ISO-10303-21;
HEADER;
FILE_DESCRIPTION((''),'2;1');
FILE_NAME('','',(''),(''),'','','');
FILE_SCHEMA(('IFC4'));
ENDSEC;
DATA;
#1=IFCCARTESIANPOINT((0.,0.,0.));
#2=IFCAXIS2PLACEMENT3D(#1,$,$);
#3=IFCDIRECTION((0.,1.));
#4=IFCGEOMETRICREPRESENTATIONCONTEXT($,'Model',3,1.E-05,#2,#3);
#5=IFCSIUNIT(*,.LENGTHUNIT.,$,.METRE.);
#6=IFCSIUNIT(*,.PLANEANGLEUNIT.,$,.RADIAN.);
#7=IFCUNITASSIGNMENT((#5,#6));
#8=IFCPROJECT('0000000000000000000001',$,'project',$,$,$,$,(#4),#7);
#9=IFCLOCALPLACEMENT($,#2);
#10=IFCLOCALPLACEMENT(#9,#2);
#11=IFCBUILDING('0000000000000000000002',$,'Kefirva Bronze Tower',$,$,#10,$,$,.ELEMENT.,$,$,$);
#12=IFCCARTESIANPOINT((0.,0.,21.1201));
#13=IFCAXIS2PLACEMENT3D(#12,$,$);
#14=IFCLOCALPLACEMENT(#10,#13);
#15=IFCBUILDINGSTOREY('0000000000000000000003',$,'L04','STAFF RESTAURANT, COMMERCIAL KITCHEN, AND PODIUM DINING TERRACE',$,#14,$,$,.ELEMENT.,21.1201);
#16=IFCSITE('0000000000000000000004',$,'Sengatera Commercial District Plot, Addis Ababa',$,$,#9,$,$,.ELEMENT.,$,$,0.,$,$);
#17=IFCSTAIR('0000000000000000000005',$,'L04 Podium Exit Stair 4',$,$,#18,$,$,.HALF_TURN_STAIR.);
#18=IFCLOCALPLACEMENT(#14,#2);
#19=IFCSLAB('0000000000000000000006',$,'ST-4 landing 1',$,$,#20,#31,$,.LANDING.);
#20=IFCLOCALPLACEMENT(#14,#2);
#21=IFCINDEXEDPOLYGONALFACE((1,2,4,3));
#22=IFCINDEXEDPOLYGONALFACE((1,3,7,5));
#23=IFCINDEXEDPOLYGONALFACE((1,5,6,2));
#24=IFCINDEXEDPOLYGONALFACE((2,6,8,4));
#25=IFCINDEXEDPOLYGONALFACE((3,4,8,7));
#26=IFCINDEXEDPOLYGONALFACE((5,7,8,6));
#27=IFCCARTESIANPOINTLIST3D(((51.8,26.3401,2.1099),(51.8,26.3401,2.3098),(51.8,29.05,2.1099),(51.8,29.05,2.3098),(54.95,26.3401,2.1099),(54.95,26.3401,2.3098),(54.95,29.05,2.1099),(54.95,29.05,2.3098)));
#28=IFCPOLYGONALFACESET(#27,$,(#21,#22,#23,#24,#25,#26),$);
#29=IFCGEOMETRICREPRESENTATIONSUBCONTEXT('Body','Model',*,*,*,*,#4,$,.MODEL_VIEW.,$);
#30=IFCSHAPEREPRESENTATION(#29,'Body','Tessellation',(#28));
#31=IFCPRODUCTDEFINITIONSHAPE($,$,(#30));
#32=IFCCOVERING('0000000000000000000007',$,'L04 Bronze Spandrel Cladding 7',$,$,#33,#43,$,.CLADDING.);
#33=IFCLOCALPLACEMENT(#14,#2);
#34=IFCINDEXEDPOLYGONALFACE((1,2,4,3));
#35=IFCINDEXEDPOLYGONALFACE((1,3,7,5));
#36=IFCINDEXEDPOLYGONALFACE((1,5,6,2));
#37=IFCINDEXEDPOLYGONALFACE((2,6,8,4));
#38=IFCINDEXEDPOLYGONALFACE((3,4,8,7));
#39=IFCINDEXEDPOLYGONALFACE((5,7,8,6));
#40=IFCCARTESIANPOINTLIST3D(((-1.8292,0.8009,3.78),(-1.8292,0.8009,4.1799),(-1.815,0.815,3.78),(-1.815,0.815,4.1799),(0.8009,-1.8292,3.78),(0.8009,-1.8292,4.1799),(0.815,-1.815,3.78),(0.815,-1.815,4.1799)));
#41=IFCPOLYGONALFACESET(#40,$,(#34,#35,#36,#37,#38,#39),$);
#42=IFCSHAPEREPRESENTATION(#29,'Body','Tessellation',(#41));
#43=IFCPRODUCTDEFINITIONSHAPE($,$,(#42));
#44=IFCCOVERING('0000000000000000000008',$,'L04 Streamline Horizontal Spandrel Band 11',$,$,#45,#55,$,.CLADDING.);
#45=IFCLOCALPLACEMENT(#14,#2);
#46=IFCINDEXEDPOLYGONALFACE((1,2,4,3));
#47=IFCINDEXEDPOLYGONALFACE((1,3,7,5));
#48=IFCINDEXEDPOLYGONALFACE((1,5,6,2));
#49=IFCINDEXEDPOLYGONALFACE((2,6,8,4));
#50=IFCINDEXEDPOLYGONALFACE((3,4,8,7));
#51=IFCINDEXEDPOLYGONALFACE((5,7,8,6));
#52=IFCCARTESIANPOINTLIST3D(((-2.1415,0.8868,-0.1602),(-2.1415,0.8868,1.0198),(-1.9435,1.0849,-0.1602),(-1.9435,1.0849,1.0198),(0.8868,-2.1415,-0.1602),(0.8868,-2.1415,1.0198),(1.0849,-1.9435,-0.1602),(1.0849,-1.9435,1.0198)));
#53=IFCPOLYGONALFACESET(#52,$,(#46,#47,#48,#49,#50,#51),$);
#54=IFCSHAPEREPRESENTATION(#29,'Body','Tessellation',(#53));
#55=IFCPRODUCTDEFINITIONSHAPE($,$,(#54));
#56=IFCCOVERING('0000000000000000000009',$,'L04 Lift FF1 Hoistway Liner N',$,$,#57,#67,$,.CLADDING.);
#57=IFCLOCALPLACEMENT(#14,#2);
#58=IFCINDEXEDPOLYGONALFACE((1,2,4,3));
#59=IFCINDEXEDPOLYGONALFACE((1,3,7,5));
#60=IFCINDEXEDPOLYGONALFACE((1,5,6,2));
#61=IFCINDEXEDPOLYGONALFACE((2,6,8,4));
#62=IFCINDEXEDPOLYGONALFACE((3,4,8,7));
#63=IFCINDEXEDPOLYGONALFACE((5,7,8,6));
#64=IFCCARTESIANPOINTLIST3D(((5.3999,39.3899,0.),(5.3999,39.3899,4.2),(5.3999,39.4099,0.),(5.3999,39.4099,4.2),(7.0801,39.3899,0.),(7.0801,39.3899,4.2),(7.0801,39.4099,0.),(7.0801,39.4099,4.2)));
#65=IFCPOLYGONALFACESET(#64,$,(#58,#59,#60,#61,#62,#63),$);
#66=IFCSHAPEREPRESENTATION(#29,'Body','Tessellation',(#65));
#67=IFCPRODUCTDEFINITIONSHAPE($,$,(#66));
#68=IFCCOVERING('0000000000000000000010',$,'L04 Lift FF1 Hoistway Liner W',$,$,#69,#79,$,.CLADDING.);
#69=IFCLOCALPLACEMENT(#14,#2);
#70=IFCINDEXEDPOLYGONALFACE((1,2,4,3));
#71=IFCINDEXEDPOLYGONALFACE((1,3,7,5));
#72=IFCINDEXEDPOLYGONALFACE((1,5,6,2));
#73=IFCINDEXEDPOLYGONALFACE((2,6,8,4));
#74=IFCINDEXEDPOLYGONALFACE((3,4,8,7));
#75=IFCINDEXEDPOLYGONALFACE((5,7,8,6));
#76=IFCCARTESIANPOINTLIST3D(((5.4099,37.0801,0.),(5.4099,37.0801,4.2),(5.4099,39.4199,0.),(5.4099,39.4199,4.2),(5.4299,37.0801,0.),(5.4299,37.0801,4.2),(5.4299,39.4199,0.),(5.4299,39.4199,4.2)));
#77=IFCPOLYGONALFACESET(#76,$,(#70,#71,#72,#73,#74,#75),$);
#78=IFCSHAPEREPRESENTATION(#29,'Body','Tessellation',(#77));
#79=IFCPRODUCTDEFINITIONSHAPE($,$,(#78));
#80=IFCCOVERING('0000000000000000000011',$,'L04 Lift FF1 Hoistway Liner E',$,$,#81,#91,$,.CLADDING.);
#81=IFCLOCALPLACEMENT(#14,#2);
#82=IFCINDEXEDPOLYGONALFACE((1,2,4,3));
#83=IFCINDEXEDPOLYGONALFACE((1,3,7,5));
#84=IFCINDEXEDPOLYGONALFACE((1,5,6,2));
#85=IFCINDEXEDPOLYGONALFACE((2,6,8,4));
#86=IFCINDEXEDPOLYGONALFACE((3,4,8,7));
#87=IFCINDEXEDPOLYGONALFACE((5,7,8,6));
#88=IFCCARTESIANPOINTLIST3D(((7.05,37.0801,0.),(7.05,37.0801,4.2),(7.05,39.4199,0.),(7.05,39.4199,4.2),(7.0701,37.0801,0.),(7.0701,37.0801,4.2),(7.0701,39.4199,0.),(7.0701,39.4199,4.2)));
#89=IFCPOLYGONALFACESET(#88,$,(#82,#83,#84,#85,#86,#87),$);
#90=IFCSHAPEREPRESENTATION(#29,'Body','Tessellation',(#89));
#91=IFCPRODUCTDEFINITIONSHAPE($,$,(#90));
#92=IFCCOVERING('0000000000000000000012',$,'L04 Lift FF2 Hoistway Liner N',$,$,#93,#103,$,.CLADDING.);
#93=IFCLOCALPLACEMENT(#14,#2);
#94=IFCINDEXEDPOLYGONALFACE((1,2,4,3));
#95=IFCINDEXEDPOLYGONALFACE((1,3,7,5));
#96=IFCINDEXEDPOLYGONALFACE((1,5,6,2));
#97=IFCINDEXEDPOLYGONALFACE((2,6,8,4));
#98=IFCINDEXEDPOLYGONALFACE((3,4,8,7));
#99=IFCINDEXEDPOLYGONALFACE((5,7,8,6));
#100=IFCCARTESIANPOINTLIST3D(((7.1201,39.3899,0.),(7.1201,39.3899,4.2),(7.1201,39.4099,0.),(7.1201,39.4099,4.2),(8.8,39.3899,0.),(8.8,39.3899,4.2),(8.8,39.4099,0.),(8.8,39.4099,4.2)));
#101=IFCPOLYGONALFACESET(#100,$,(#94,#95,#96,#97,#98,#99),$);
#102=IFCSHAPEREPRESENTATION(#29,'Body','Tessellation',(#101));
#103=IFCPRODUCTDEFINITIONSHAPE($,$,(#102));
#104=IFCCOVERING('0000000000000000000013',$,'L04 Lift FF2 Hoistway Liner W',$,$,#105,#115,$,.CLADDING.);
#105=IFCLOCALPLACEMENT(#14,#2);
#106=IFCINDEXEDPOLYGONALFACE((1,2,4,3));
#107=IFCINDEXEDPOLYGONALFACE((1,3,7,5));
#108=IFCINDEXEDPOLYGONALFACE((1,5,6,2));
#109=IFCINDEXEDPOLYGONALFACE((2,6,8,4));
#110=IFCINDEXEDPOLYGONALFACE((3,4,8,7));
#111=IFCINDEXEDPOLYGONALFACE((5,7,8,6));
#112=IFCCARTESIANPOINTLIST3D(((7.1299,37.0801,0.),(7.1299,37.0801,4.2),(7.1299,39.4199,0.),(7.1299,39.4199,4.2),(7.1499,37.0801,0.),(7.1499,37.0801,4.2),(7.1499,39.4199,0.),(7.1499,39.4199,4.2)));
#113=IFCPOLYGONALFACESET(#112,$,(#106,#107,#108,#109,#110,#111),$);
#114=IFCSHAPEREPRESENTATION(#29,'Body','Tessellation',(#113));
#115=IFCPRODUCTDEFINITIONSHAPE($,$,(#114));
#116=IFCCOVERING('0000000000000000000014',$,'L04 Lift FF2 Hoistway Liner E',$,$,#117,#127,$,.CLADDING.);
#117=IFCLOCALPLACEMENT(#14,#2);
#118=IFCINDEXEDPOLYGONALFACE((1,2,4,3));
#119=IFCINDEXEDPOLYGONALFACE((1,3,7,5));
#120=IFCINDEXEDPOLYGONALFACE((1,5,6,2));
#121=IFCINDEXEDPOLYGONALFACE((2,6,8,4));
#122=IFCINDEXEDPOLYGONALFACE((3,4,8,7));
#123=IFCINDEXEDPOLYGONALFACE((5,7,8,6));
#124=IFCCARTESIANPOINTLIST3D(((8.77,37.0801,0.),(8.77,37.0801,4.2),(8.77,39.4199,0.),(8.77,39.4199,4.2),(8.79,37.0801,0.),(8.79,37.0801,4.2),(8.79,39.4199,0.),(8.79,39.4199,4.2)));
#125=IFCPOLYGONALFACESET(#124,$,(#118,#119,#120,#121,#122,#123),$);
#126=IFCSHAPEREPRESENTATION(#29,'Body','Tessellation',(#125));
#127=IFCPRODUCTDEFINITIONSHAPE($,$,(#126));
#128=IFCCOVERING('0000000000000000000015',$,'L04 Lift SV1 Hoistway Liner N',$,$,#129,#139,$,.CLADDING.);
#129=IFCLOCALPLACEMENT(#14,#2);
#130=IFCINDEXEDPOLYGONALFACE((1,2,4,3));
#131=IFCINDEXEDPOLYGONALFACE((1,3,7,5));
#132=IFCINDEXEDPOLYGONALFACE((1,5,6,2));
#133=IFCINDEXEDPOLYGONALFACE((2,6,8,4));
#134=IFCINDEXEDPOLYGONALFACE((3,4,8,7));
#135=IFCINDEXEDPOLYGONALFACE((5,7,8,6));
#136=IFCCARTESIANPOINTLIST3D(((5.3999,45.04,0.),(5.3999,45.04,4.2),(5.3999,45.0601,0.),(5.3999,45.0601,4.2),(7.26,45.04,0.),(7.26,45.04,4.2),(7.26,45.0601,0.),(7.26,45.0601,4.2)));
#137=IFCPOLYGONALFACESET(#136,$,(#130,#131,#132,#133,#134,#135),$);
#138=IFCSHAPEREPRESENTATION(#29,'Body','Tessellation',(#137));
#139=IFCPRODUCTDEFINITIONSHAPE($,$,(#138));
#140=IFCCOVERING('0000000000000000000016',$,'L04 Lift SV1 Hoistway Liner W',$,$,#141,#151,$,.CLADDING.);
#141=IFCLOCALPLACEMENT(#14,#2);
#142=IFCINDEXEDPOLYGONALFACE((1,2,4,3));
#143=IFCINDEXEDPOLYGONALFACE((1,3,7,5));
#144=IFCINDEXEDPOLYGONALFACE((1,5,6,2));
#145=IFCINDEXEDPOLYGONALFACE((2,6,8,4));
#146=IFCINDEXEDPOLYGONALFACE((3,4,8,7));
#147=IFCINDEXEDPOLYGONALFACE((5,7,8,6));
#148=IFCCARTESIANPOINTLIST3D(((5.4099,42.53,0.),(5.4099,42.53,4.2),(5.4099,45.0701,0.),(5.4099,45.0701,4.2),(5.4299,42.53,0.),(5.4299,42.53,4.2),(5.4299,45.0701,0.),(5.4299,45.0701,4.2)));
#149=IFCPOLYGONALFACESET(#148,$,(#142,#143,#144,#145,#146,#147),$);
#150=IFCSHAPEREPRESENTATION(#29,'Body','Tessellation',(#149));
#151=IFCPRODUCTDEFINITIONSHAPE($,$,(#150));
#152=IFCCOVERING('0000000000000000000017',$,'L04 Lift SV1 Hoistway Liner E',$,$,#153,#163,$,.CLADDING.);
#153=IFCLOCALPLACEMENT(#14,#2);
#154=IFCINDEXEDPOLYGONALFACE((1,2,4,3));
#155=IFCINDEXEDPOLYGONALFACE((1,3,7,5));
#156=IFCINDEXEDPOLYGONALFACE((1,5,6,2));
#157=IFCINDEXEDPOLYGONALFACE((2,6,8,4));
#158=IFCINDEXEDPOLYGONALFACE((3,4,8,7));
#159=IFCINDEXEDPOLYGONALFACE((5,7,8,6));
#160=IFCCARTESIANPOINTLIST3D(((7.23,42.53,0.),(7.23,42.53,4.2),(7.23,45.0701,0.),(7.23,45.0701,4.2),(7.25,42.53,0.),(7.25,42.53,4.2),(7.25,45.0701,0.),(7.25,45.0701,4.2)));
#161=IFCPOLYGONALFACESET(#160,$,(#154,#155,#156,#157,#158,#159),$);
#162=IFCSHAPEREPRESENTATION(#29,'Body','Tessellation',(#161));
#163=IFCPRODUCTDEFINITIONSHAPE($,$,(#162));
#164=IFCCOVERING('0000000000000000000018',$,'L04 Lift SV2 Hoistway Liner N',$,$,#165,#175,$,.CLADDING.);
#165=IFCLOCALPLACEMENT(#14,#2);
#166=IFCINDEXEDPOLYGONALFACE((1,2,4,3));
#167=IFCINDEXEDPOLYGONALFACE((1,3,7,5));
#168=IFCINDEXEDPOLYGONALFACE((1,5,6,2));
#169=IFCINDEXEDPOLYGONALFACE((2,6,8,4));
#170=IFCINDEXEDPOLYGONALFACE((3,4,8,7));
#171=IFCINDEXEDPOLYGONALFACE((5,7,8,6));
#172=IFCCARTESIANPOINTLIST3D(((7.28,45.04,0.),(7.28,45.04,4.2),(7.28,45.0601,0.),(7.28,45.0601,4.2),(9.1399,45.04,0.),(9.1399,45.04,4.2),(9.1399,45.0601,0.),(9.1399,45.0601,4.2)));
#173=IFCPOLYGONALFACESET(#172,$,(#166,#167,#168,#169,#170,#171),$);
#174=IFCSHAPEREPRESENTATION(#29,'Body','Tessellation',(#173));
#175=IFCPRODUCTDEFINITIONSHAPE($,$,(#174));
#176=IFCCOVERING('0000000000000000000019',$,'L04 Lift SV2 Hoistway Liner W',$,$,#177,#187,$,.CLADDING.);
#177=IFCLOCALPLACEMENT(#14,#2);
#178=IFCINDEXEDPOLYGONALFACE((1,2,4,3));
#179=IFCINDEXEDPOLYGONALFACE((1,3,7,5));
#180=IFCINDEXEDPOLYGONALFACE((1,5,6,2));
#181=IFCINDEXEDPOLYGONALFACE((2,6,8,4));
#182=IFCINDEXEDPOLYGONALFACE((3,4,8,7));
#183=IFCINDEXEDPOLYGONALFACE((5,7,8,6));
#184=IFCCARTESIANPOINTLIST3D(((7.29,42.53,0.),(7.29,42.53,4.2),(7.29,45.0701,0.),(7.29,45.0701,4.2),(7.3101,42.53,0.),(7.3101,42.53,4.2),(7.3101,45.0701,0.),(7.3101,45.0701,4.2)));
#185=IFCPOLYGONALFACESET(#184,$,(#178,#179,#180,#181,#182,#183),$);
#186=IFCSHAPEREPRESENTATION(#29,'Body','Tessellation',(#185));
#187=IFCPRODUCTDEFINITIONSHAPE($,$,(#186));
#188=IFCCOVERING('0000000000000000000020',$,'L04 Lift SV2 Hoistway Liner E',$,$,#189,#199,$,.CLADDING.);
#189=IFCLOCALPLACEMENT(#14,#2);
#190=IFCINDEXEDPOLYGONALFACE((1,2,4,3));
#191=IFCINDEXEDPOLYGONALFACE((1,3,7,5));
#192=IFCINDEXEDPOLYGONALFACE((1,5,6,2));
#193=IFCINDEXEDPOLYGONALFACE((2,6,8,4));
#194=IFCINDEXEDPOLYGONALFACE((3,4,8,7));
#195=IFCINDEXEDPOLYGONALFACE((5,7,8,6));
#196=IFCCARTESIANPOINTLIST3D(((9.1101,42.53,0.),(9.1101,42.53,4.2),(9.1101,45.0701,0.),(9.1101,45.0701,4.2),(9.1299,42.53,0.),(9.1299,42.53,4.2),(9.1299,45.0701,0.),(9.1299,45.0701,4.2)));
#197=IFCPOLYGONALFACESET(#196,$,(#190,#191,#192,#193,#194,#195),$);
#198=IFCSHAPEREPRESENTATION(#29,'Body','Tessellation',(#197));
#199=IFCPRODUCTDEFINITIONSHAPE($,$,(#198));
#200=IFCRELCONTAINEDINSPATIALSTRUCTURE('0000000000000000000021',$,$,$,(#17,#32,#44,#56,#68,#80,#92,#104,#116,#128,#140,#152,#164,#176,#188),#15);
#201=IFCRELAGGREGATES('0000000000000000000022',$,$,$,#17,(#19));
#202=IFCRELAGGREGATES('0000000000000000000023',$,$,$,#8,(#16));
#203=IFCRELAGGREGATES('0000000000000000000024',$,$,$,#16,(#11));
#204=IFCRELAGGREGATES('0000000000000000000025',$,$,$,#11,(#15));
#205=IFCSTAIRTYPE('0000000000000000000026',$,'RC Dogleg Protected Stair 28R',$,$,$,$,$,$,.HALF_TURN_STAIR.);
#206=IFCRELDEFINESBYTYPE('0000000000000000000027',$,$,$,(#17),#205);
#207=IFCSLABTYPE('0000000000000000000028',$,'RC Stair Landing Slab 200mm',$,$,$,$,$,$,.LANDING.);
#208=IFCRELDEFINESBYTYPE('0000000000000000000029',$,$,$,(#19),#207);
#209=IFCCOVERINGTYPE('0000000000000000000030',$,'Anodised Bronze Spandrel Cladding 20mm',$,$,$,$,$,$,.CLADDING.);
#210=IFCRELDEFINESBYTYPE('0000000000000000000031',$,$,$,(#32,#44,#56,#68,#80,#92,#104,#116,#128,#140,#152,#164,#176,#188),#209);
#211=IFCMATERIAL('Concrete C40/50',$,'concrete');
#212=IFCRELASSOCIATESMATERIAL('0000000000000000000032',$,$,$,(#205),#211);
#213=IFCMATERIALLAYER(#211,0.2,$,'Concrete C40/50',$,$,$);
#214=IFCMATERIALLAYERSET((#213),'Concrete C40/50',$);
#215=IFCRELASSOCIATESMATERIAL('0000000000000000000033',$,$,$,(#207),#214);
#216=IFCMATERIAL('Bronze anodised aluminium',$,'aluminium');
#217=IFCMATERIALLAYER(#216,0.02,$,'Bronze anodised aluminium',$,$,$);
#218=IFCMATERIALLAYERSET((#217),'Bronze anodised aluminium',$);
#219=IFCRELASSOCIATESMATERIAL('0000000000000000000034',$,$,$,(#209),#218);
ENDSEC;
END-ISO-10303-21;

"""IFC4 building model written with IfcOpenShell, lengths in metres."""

from ifc_helpers import new_model, si_unit, direction, frame, origin, origin_2d, place, context, subcontext, project, spatial, polyline, rectangle, outline, extrude, material, layer, layer_set, type_object, element, aggregate, save


model = new_model("IFC4")

# Units and contexts
model_context = context("Model", 3, precision=1e-05, world=origin(), true_north=direction((0.0, 1.0)))
body_context = subcontext(model_context, "Body", "Model", "MODEL_VIEW")
ifc_project = project(units=[si_unit("LENGTHUNIT", "METRE"), si_unit("PLANEANGLEUNIT", "RADIAN")], contexts=[model_context])

# Site, building, storey
site_placement = place(None, origin())
site = spatial("IfcSite", under=ifc_project, at=site_placement, Name="Sengatera Commercial District Plot, Addis Ababa", CompositionType="ELEMENT", RefElevation=0.0)
building_placement = place(site_placement, origin())
building = spatial("IfcBuilding", under=site, at=building_placement, Name="Kefirva Bronze Tower", CompositionType="ELEMENT")
storey_placement = place(building_placement, frame((0.0, 0.0, 21.1201)))
storey = spatial("IfcBuildingStorey", under=building, at=storey_placement, Name="L04", Description="STAFF RESTAURANT, COMMERCIAL KITCHEN, AND PODIUM DINING TERRACE", CompositionType="ELEMENT", Elevation=21.1201)

# Shared definitions
ifc_material_1 = material(Name="Concrete C40/50", Category="concrete")

# Stair, slab
stair_type = type_object("IfcStairType", Name="RC Dogleg Protected Stair 28R", PredefinedType="HALF_TURN_STAIR", material=ifc_material_1)
ifc_layer_1 = layer(ifc_material_1, 0.2, Name="Concrete C40/50")
ifc_layer_set_1 = layer_set([ifc_layer_1], Name="Concrete C40/50")
slab_type_1 = type_object("IfcSlabType", Name="RC Stair Landing Slab 200mm", PredefinedType="LANDING", material=ifc_layer_set_1)
stair_1_placement = place(storey_placement, origin())
stair_1 = element("IfcStair", 1, at=stair_1_placement, inside=storey, type_object=stair_type, Name="L04 Podium Exit Stair 4", PredefinedType="HALF_TURN_STAIR")
slab_1_placement = place(storey_placement, frame((0.0, 0.0, 2.1099)))
slab_1 = element("IfcSlab", 2, at=slab_1_placement, type_object=slab_type_1, Name="ST-4 landing 1", PredefinedType="LANDING", context=body_context, shape_type="SweptSolid", body=[
    extrude(outline(polyline([(54.95, 26.3401), (54.95, 29.05), (51.8, 29.05), (51.8, 26.3401), (54.95, 26.3401)])), origin(), (0.0, 0.0, 1.0), 0.2),
])
aggregate(stair_1, [slab_1])

# Coverings
ifc_material_2 = material(Name="Bronze anodised aluminium", Category="aluminium")
ifc_layer_2 = layer(ifc_material_2, 0.02, Name="Bronze anodised aluminium")
ifc_layer_set_2 = layer_set([ifc_layer_2], Name="Bronze anodised aluminium")
covering_type_1 = type_object("IfcCoveringType", Name="Anodised Bronze Spandrel Cladding 20mm", PredefinedType="CLADDING", material=ifc_layer_set_2)
covering_1_placement = place(storey_placement, frame((-0.5071, -0.5071, 3.78), z_axis=(0.0, 0.0, 1.0), x_axis=(0.707107, -0.707107, 0.0)))
element("IfcCovering", 3, at=covering_1_placement, inside=storey, type_object=covering_type_1, Name="L04 Bronze Spandrel Cladding 7", PredefinedType="CLADDING", context=body_context, shape_type="SweptSolid", body=[
    extrude(rectangle(XDim=3.7195, YDim=0.02, at=origin_2d()), origin(), (0.0, 0.0, 1.0), 0.3999),
])
covering_2_placement = place(storey_placement, frame((-0.5283, -0.5283, -0.1602), z_axis=(0.0, 0.0, 1.0), x_axis=(0.707107, -0.707107, 0.0)))
element("IfcCovering", 4, at=covering_2_placement, inside=storey, type_object=covering_type_1, Name="L04 Streamline Horizontal Spandrel Band 11", PredefinedType="CLADDING", context=body_context, shape_type="SweptSolid", body=[
    extrude(rectangle(XDim=4.2827, YDim=0.28, at=origin_2d()), origin(), (0.0, 0.0, 1.0), 1.1799),
])
covering_3_placement = place(storey_placement, origin())
element("IfcCovering", 5, at=covering_3_placement, inside=storey, type_object=covering_type_1, Name="L04 Lift FF1 Hoistway Liner N", PredefinedType="CLADDING", context=body_context, shape_type="SweptSolid", body=[
    extrude(outline(polyline([(5.3999, 39.3899), (7.0801, 39.3899), (7.0801, 39.4099), (5.3999, 39.4099), (5.3999, 39.3899)])), origin(), (0.0, 0.0, 1.0), 4.2),
])
covering_4_placement = place(storey_placement, origin())
element("IfcCovering", 6, at=covering_4_placement, inside=storey, type_object=covering_type_1, Name="L04 Lift FF1 Hoistway Liner W", PredefinedType="CLADDING", context=body_context, shape_type="SweptSolid", body=[
    extrude(outline(polyline([(5.4099, 37.0801), (5.4299, 37.0801), (5.4299, 39.4199), (5.4099, 39.4199), (5.4099, 37.0801)])), origin(), (0.0, 0.0, 1.0), 4.2),
])
covering_5_placement = place(storey_placement, origin())
element("IfcCovering", 7, at=covering_5_placement, inside=storey, type_object=covering_type_1, Name="L04 Lift FF1 Hoistway Liner E", PredefinedType="CLADDING", context=body_context, shape_type="SweptSolid", body=[
    extrude(outline(polyline([(7.05, 37.0801), (7.0701, 37.0801), (7.0701, 39.4199), (7.05, 39.4199), (7.05, 37.0801)])), origin(), (0.0, 0.0, 1.0), 4.2),
])
covering_6_placement = place(storey_placement, origin())
element("IfcCovering", 8, at=covering_6_placement, inside=storey, type_object=covering_type_1, Name="L04 Lift FF2 Hoistway Liner N", PredefinedType="CLADDING", context=body_context, shape_type="SweptSolid", body=[
    extrude(outline(polyline([(7.1201, 39.3899), (8.8, 39.3899), (8.8, 39.4099), (7.1201, 39.4099), (7.1201, 39.3899)])), origin(), (0.0, 0.0, 1.0), 4.2),
])
covering_7_placement = place(storey_placement, origin())
element("IfcCovering", 9, at=covering_7_placement, inside=storey, type_object=covering_type_1, Name="L04 Lift FF2 Hoistway Liner W", PredefinedType="CLADDING", context=body_context, shape_type="SweptSolid", body=[
    extrude(outline(polyline([(7.1299, 37.0801), (7.1499, 37.0801), (7.1499, 39.4199), (7.1299, 39.4199), (7.1299, 37.0801)])), origin(), (0.0, 0.0, 1.0), 4.2),
])
covering_8_placement = place(storey_placement, origin())
element("IfcCovering", 10, at=covering_8_placement, inside=storey, type_object=covering_type_1, Name="L04 Lift FF2 Hoistway Liner E", PredefinedType="CLADDING", context=body_context, shape_type="SweptSolid", body=[
    extrude(outline(polyline([(8.77, 37.0801), (8.79, 37.0801), (8.79, 39.4199), (8.77, 39.4199), (8.77, 37.0801)])), origin(), (0.0, 0.0, 1.0), 4.2),
])
covering_9_placement = place(storey_placement, origin())
element("IfcCovering", 11, at=covering_9_placement, inside=storey, type_object=covering_type_1, Name="L04 Lift SV1 Hoistway Liner N", PredefinedType="CLADDING", context=body_context, shape_type="SweptSolid", body=[
    extrude(outline(polyline([(5.3999, 45.04), (7.26, 45.04), (7.26, 45.0601), (5.3999, 45.0601), (5.3999, 45.04)])), origin(), (0.0, 0.0, 1.0), 4.2),
])
covering_10_placement = place(storey_placement, origin())
element("IfcCovering", 12, at=covering_10_placement, inside=storey, type_object=covering_type_1, Name="L04 Lift SV1 Hoistway Liner W", PredefinedType="CLADDING", context=body_context, shape_type="SweptSolid", body=[
    extrude(outline(polyline([(5.4099, 42.53), (5.4299, 42.53), (5.4299, 45.0701), (5.4099, 45.0701), (5.4099, 42.53)])), origin(), (0.0, 0.0, 1.0), 4.2),
])
covering_11_placement = place(storey_placement, origin())
element("IfcCovering", 13, at=covering_11_placement, inside=storey, type_object=covering_type_1, Name="L04 Lift SV1 Hoistway Liner E", PredefinedType="CLADDING", context=body_context, shape_type="SweptSolid", body=[
    extrude(outline(polyline([(7.23, 42.53), (7.25, 42.53), (7.25, 45.0701), (7.23, 45.0701), (7.23, 42.53)])), origin(), (0.0, 0.0, 1.0), 4.2),
])
covering_12_placement = place(storey_placement, origin())
element("IfcCovering", 14, at=covering_12_placement, inside=storey, type_object=covering_type_1, Name="L04 Lift SV2 Hoistway Liner N", PredefinedType="CLADDING", context=body_context, shape_type="SweptSolid", body=[
    extrude(outline(polyline([(7.28, 45.04), (9.1399, 45.04), (9.1399, 45.0601), (7.28, 45.0601), (7.28, 45.04)])), origin(), (0.0, 0.0, 1.0), 4.2),
])
covering_13_placement = place(storey_placement, origin())
element("IfcCovering", 15, at=covering_13_placement, inside=storey, type_object=covering_type_1, Name="L04 Lift SV2 Hoistway Liner W", PredefinedType="CLADDING", context=body_context, shape_type="SweptSolid", body=[
    extrude(outline(polyline([(7.29, 42.53), (7.3101, 42.53), (7.3101, 45.0701), (7.29, 45.0701), (7.29, 42.53)])), origin(), (0.0, 0.0, 1.0), 4.2),
])
covering_14_placement = place(storey_placement, origin())
element("IfcCovering", 16, at=covering_14_placement, inside=storey, type_object=covering_type_1, Name="L04 Lift SV2 Hoistway Liner E", PredefinedType="CLADDING", context=body_context, shape_type="SweptSolid", body=[
    extrude(outline(polyline([(9.1101, 42.53), (9.1299, 42.53), (9.1299, 45.0701), (9.1101, 45.0701), (9.1101, 42.53)])), origin(), (0.0, 0.0, 1.0), 4.2),
])

save(model, "model.ifc")
